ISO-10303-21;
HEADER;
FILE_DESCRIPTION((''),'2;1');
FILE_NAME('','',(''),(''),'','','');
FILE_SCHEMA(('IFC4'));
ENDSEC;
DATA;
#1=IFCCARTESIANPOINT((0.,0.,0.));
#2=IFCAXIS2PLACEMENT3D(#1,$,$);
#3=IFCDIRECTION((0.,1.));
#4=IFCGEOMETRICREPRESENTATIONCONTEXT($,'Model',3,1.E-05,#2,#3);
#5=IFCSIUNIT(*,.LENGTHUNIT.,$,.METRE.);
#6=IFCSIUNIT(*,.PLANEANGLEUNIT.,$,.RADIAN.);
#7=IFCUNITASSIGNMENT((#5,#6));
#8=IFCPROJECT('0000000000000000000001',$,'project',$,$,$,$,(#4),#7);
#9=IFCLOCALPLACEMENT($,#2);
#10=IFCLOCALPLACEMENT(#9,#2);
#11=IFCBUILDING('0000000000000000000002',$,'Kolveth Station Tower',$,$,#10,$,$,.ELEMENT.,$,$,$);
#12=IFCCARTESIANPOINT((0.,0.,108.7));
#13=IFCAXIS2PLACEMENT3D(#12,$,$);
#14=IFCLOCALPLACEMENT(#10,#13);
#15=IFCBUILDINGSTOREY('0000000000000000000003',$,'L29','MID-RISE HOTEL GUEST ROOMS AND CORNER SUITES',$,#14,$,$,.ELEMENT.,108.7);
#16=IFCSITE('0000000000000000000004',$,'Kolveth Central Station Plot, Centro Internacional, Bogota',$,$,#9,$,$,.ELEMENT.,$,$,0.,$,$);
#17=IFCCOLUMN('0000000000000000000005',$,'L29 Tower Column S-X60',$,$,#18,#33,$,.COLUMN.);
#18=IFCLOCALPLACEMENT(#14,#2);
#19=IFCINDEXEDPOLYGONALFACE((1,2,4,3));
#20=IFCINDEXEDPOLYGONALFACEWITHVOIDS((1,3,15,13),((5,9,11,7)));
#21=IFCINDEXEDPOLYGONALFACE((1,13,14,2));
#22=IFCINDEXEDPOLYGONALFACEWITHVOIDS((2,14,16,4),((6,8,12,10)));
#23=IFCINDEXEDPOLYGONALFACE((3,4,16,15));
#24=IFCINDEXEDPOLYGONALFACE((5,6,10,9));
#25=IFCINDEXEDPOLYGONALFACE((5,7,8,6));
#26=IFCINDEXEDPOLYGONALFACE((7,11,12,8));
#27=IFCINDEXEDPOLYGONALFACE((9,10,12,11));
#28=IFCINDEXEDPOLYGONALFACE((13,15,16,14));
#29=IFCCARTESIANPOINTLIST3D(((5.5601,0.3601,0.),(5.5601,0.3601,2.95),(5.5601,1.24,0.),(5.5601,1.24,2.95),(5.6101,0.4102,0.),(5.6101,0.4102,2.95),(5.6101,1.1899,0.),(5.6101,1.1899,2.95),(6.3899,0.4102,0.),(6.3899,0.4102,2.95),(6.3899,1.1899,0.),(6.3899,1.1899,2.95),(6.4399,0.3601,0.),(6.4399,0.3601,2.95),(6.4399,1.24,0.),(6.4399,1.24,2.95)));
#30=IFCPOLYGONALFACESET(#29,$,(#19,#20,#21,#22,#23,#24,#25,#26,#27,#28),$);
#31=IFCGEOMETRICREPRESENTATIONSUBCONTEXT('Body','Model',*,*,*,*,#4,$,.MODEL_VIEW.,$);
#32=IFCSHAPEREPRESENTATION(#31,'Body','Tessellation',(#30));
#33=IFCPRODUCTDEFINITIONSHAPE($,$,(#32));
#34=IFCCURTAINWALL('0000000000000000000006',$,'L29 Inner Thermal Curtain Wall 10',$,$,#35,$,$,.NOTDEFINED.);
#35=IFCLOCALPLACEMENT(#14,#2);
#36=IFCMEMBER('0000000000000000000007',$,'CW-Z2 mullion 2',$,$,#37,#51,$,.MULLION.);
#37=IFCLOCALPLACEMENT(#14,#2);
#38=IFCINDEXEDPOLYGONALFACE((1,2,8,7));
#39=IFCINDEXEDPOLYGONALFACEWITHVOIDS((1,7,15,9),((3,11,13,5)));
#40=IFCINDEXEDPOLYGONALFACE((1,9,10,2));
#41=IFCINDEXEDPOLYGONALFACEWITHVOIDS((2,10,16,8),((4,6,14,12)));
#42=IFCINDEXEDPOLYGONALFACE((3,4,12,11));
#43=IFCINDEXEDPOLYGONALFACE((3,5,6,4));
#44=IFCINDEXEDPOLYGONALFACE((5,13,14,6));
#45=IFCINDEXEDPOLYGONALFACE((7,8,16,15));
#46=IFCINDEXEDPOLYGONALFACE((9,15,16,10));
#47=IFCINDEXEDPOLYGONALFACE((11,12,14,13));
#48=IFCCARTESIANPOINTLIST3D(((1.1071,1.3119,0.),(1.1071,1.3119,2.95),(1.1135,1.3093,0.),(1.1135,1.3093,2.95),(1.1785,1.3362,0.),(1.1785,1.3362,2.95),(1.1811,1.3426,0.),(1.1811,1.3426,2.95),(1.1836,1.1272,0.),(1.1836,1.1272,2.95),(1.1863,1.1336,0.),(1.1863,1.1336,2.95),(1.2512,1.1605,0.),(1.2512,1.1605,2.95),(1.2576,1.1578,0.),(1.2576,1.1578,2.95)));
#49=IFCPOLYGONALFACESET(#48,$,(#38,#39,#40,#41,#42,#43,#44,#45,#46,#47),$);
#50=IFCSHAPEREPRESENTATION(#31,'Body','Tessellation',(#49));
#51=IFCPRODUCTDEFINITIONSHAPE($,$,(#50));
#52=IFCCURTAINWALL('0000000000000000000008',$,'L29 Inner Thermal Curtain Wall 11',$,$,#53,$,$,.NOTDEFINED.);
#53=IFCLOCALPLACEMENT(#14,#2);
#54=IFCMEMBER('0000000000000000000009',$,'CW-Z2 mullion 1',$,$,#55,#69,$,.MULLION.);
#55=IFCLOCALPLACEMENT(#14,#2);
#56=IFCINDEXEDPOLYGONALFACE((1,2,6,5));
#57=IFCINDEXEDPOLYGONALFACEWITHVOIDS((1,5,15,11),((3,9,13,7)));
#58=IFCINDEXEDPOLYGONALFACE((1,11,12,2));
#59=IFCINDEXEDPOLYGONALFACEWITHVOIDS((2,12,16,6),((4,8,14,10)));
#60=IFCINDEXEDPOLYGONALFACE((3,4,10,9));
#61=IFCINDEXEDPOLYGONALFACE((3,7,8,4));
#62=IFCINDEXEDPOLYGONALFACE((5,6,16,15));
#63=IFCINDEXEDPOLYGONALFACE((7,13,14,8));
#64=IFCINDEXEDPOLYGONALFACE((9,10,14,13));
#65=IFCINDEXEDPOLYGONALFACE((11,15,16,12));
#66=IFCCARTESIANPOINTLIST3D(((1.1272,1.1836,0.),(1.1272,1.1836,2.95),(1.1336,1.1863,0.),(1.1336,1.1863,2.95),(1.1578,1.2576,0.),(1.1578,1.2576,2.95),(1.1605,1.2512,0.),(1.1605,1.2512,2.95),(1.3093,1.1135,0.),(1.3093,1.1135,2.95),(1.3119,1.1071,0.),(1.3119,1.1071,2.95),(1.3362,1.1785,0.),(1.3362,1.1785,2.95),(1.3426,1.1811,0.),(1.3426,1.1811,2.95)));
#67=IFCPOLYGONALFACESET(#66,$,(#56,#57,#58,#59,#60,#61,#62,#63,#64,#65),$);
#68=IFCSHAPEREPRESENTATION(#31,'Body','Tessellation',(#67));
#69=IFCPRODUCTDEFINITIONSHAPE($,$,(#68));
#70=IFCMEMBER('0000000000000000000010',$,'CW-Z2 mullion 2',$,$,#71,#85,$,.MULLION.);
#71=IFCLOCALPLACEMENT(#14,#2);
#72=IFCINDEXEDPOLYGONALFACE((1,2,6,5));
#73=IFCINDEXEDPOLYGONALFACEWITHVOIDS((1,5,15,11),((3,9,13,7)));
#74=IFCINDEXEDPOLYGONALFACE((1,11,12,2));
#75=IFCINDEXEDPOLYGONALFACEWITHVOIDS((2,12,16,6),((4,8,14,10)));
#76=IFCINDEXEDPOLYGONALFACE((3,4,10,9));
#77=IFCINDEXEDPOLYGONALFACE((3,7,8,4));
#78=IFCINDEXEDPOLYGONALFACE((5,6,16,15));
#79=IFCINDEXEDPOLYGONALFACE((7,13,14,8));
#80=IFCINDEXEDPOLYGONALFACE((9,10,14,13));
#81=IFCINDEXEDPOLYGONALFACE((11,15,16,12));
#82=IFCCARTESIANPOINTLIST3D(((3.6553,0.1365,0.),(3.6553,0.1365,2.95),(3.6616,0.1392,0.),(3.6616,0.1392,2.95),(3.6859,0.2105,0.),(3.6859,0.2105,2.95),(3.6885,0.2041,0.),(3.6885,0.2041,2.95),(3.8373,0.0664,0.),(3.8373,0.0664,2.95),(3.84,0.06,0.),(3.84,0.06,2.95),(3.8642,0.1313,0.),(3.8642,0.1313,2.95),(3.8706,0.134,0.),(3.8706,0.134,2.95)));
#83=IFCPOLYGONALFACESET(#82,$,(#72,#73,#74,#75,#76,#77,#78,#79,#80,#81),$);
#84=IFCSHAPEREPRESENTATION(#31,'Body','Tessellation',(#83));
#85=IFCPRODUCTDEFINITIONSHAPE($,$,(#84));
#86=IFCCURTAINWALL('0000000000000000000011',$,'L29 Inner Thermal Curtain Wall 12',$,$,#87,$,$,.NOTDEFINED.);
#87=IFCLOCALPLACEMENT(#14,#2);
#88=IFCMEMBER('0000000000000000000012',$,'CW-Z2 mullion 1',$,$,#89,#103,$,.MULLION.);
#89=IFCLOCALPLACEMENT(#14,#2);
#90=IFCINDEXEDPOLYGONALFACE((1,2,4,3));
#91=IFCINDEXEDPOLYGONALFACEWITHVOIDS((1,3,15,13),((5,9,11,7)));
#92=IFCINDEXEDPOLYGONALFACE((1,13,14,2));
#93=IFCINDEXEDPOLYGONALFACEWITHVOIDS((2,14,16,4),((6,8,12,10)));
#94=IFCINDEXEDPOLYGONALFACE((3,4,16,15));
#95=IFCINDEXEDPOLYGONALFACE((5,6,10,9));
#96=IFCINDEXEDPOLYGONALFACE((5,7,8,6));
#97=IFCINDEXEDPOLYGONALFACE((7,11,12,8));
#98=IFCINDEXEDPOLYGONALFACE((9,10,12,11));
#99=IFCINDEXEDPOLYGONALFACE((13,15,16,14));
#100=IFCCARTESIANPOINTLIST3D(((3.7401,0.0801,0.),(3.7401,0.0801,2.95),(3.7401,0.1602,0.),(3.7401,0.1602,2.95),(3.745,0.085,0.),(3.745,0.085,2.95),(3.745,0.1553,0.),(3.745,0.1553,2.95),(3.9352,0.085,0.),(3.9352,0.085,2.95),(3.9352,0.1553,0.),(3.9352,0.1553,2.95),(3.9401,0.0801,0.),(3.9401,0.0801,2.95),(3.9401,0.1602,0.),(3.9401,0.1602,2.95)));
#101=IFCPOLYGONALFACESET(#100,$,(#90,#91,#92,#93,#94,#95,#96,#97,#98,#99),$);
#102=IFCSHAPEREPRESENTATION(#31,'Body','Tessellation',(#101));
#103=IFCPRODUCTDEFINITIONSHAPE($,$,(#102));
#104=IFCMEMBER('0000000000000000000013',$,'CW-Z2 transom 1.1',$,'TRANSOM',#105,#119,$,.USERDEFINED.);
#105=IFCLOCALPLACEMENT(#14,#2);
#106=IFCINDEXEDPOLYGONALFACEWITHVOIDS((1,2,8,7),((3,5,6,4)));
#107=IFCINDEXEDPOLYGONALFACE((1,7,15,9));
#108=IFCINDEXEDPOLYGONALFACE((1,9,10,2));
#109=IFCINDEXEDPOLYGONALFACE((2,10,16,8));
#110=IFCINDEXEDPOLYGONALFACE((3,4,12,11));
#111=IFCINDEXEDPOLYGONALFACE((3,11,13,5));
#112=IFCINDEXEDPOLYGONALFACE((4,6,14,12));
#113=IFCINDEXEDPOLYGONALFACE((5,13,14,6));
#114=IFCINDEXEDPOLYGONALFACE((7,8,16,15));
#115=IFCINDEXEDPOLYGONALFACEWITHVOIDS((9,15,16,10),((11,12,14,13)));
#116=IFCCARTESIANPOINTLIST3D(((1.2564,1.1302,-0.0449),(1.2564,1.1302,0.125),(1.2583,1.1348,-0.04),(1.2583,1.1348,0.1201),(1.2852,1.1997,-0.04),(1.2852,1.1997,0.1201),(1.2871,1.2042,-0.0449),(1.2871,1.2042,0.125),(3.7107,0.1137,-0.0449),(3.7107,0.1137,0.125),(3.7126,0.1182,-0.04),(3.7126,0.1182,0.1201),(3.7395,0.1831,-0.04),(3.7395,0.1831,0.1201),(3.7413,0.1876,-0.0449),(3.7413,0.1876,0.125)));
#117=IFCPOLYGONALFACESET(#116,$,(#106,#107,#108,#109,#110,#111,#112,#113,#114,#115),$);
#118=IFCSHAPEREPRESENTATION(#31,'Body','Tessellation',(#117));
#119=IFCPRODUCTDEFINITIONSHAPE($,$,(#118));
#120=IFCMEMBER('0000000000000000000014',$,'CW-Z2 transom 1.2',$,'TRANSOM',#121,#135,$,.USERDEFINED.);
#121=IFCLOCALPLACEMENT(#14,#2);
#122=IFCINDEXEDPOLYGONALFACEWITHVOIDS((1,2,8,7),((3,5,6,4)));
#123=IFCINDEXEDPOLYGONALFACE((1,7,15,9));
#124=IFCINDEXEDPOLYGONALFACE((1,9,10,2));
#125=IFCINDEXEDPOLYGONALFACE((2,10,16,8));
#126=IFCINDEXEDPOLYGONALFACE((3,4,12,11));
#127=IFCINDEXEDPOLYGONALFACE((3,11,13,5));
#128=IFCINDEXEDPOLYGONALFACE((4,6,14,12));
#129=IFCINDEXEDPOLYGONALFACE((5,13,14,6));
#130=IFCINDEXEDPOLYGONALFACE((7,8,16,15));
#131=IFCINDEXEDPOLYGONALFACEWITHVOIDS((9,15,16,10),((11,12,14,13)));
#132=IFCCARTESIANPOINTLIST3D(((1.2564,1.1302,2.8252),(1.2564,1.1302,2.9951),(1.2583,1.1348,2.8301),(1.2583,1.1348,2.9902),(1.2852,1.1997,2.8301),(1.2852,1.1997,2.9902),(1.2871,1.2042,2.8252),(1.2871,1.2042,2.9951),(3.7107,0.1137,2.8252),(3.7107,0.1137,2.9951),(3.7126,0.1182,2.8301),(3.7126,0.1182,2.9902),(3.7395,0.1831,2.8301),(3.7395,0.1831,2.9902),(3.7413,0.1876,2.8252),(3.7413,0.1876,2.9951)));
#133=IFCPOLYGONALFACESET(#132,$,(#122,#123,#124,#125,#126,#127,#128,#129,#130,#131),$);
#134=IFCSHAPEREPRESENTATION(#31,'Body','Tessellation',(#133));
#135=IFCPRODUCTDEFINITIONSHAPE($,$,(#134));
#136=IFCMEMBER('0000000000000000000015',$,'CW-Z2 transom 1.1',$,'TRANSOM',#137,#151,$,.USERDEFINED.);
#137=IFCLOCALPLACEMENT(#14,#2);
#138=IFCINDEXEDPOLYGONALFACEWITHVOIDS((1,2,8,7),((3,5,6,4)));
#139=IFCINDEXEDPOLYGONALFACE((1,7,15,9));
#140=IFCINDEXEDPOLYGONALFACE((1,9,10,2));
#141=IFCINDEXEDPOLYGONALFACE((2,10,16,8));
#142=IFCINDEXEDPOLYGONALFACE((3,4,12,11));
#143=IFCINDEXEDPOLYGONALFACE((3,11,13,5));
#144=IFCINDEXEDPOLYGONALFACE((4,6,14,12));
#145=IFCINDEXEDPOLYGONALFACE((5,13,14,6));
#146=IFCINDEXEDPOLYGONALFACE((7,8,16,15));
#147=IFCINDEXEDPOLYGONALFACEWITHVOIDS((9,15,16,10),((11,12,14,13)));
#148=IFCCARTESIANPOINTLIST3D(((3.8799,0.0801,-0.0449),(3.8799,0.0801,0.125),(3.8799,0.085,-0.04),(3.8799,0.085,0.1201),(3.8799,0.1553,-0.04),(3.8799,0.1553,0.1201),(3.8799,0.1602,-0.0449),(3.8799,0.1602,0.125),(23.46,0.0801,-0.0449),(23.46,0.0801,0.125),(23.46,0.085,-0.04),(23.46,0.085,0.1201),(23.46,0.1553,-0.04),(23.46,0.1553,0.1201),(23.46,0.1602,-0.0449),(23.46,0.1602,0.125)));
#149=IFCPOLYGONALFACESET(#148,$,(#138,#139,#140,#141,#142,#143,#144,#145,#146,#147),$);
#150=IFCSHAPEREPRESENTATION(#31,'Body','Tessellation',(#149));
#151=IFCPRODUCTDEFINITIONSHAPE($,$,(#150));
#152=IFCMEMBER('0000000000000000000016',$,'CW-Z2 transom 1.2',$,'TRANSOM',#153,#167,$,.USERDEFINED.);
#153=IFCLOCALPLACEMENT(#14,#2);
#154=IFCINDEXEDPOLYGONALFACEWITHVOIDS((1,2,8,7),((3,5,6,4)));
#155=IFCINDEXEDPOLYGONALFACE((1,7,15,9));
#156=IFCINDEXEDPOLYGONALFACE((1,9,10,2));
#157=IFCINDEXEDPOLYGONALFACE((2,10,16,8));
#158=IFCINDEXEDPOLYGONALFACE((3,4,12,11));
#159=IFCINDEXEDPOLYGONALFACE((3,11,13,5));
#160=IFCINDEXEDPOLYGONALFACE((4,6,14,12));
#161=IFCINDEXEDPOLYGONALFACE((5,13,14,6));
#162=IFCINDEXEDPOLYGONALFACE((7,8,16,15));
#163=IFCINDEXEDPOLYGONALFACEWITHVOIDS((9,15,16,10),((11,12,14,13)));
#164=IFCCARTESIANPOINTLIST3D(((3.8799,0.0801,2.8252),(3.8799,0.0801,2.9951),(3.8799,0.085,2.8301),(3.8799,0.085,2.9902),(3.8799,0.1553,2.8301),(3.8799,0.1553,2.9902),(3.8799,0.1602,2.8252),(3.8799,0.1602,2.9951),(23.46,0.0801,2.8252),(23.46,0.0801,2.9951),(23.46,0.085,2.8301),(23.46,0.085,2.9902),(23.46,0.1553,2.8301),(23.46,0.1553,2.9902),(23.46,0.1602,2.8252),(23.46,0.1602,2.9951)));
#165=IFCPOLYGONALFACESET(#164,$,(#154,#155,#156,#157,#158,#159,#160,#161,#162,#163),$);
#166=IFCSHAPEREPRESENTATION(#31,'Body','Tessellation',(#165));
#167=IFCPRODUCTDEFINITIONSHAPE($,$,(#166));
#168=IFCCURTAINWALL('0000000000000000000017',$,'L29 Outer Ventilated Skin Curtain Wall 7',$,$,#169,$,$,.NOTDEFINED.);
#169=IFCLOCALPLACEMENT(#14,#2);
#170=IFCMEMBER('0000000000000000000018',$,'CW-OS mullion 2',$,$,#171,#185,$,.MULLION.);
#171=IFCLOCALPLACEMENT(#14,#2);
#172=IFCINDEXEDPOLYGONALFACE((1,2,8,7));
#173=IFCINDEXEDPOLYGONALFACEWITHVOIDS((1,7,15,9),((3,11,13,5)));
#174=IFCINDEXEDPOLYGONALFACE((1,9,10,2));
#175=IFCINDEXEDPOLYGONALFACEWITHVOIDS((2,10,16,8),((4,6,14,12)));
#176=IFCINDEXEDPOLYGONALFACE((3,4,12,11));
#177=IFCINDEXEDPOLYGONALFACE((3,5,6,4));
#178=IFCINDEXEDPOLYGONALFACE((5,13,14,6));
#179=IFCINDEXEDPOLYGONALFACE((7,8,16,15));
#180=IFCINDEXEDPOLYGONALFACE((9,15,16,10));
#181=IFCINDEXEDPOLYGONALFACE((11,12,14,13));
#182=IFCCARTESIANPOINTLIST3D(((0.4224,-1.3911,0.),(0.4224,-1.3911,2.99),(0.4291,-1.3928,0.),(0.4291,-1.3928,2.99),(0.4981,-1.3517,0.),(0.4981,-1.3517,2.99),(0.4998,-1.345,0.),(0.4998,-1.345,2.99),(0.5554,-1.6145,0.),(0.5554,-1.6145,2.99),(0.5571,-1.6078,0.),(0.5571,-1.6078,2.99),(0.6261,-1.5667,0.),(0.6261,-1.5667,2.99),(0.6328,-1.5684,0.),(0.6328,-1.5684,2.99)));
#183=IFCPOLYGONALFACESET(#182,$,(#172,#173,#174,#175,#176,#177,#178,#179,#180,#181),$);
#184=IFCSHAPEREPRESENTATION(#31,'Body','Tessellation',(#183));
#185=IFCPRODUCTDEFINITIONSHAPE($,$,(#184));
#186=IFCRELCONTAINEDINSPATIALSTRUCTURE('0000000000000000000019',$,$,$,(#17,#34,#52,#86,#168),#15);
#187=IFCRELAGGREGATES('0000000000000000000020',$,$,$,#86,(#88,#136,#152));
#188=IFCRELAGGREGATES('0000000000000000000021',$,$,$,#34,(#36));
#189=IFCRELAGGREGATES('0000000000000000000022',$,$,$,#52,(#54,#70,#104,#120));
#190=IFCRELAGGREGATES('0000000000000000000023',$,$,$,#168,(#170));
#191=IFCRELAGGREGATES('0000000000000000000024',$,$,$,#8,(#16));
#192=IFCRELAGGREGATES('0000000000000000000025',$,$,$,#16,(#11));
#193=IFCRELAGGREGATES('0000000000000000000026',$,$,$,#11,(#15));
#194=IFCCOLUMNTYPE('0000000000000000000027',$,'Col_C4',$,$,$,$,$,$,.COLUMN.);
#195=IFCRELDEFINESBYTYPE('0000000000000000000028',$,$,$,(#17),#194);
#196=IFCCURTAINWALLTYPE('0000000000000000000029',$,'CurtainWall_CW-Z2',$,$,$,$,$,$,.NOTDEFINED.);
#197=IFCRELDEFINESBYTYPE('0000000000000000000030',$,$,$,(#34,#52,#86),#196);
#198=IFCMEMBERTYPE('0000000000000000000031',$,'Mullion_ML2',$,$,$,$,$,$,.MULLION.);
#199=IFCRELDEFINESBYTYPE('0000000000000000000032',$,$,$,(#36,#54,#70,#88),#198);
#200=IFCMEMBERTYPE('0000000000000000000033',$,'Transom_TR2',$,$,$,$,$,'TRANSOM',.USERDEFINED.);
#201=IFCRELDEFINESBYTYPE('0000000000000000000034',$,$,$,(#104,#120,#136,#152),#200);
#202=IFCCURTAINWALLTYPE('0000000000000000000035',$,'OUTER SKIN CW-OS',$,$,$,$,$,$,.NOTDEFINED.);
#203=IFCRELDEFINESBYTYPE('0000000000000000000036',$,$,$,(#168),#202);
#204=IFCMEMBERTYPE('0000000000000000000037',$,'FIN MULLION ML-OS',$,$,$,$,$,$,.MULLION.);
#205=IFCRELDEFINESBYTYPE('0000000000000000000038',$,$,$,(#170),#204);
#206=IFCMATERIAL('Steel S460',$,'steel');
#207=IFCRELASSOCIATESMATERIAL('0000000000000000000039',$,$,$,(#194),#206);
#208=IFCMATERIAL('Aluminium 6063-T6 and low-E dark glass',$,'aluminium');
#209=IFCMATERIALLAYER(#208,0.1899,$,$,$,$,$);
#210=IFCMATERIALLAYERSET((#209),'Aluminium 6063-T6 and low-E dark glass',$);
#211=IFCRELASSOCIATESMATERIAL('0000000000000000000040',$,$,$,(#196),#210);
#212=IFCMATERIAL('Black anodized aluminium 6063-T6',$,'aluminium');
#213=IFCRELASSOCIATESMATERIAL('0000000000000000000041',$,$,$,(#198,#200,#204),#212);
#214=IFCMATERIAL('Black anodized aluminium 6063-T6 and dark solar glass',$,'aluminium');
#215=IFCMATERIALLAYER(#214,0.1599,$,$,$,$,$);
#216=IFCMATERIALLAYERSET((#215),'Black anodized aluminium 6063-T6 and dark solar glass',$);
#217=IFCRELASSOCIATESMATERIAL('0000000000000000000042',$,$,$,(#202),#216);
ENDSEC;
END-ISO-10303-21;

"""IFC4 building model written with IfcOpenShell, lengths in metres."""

from ifc_helpers import new_model, si_unit, direction, frame, origin, origin_2d, place, context, subcontext, project, spatial, hollow_rectangle, extrude, source, transform, mapped, material, layer, layer_set, material_profile, profile_set, type_object, element, aggregate, save


model = new_model("IFC4")

# Units and contexts
model_context = context("Model", 3, precision=1e-05, world=origin(), true_north=direction((0.0, 1.0)))
body_context = subcontext(model_context, "Body", "Model", "MODEL_VIEW")
ifc_project = project(units=[si_unit("LENGTHUNIT", "METRE"), si_unit("PLANEANGLEUNIT", "RADIAN")], contexts=[model_context])

# Site, building, storey
site_placement = place(None, origin())
site = spatial("IfcSite", under=ifc_project, at=site_placement, Name="Kolveth Central Station Plot, Centro Internacional, Bogota", CompositionType="ELEMENT", RefElevation=0.0)
building_placement = place(site_placement, origin())
building = spatial("IfcBuilding", under=site, at=building_placement, Name="Kolveth Station Tower", CompositionType="ELEMENT")
storey_placement = place(building_placement, frame((0.0, 0.0, 108.7)))
storey = spatial("IfcBuildingStorey", under=building, at=storey_placement, Name="L29", Description="MID-RISE HOTEL GUEST ROOMS AND CORNER SUITES", CompositionType="ELEMENT", Elevation=108.7)

# Column
ifc_material_1 = material(Name="Steel S460", Category="steel")
ifc_material_profile_1 = material_profile(ifc_material_1, hollow_rectangle(XDim=0.8799, YDim=0.8799, WallThickness=0.05, at=origin_2d()), Name="BOX880x880x50")
ifc_profile_set_1 = profile_set([ifc_material_profile_1], Name="Steel S460")
column_type = type_object("IfcColumnType", Name="Col_C4", PredefinedType="COLUMN", material=ifc_profile_set_1)
shared_shape_1 = source(origin(), body_context, "Body", "SweptSolid", [
    extrude(hollow_rectangle(XDim=0.8799, YDim=0.8799, WallThickness=0.05, at=origin_2d()), origin(), (0.0, 0.0, 1.0), 2.95),
])
column_placement = place(storey_placement, frame((6.0, 0.8, 0.0), z_axis=(0.0, 0.0, 1.0), x_axis=(1.0, 0.0, 0.0)))
element("IfcColumn", 1, at=column_placement, inside=storey, type_object=column_type, Name="L29 Tower Column S-X60", PredefinedType="COLUMN", context=body_context, shape_type="MappedRepresentation", body=[
    mapped(shared_shape_1, transform((0.0, 0.0, 0.0), x_axis=(1.0, 0.0, 0.0), y_axis=(0.0, 1.0, 0.0), z_axis=(0.0, 0.0, 1.0), scale=1.0)),
])

# Curtain wall, member
ifc_material_2 = material(Name="Aluminium 6063-T6 and low-E dark glass", Category="aluminium")
ifc_layer_1 = layer(ifc_material_2, 0.1899)
ifc_layer_set_1 = layer_set([ifc_layer_1], Name="Aluminium 6063-T6 and low-E dark glass")
curtain_wall_type_1 = type_object("IfcCurtainWallType", Name="CurtainWall_CW-Z2", PredefinedType="NOTDEFINED", material=ifc_layer_set_1)
curtain_wall_1_placement = place(storey_placement, origin())
curtain_wall_1 = element("IfcCurtainWall", 2, at=curtain_wall_1_placement, inside=storey, type_object=curtain_wall_type_1, Name="L29 Inner Thermal Curtain Wall 10", PredefinedType="NOTDEFINED")
ifc_material_3 = material(Name="Black anodized aluminium 6063-T6", Category="aluminium")
ifc_material_profile_2 = material_profile(ifc_material_3, hollow_rectangle(XDim=0.0801, YDim=0.2, WallThickness=0.0049, at=origin_2d()), Name="ALU-80x200x5")
ifc_profile_set_2 = profile_set([ifc_material_profile_2], Name="Black anodized aluminium 6063-T6")
member_type_1 = type_object("IfcMemberType", Name="Mullion_ML2", PredefinedType="MULLION", material=ifc_profile_set_2)
shared_shape_2 = source(origin(), body_context, "Body", "SweptSolid", [
    extrude(hollow_rectangle(XDim=0.0801, YDim=0.2, WallThickness=0.0049, at=origin_2d()), origin(), (0.0, 0.0, 1.0), 2.95),
])
member_1_placement = place(storey_placement, frame((1.1824, 1.2349, 0.0), z_axis=(0.0, 0.0, 1.0), x_axis=(0.923888, 0.382663, 0.0)))
member_1 = element("IfcMember", 3, at=member_1_placement, type_object=member_type_1, Name="CW-Z2 mullion 2", PredefinedType="MULLION", context=body_context, shape_type="MappedRepresentation", body=[
    mapped(shared_shape_2, transform((0.0, 0.0, 0.0), x_axis=(1.0, 0.0, 0.0), y_axis=(0.0, 1.0, 0.0), z_axis=(0.0, 0.0, 1.0), scale=1.0)),
])

# Curtain wall, members
curtain_wall_2_placement = place(storey_placement, origin())
curtain_wall_2 = element("IfcCurtainWall", 4, at=curtain_wall_2_placement, inside=storey, type_object=curtain_wall_type_1, Name="L29 Inner Thermal Curtain Wall 11", PredefinedType="NOTDEFINED")
member_2_placement = place(storey_placement, frame((1.2349, 1.1824, 0.0), z_axis=(0.0, 0.0, 1.0), x_axis=(0.382663, 0.923888, 0.0)))
member_2 = element("IfcMember", 5, at=member_2_placement, type_object=member_type_1, Name="CW-Z2 mullion 1", PredefinedType="MULLION", context=body_context, shape_type="MappedRepresentation", body=[
    mapped(shared_shape_2, transform((0.0, 0.0, 0.0), x_axis=(1.0, 0.0, 0.0), y_axis=(0.0, 1.0, 0.0), z_axis=(0.0, 0.0, 1.0), scale=1.0)),
])
member_3_placement = place(storey_placement, frame((3.7629, 0.1353, 0.0), z_axis=(0.0, 0.0, 1.0), x_axis=(0.382663, 0.923888, 0.0)))
member_3 = element("IfcMember", 6, at=member_3_placement, type_object=member_type_1, Name="CW-Z2 mullion 2", PredefinedType="MULLION", context=body_context, shape_type="MappedRepresentation", body=[
    mapped(shared_shape_2, transform((0.0, 0.0, 0.0), x_axis=(1.0, 0.0, 0.0), y_axis=(0.0, 1.0, 0.0), z_axis=(0.0, 0.0, 1.0), scale=1.0)),
])

# Curtain wall, member
curtain_wall_3_placement = place(storey_placement, origin())
curtain_wall_3 = element("IfcCurtainWall", 7, at=curtain_wall_3_placement, inside=storey, type_object=curtain_wall_type_1, Name="L29 Inner Thermal Curtain Wall 12", PredefinedType="NOTDEFINED")
member_4_placement = place(storey_placement, frame((3.8401, 0.1201, 0.0), z_axis=(0.0, 0.0, 1.0), x_axis=(0.0, 1.0, 0.0)))
member_4 = element("IfcMember", 8, at=member_4_placement, type_object=member_type_1, Name="CW-Z2 mullion 1", PredefinedType="MULLION", context=body_context, shape_type="MappedRepresentation", body=[
    mapped(shared_shape_2, transform((0.0, 0.0, 0.0), x_axis=(1.0, 0.0, 0.0), y_axis=(0.0, 1.0, 0.0), z_axis=(0.0, 0.0, 1.0), scale=1.0)),
])

# Members
ifc_material_profile_3 = material_profile(ifc_material_3, hollow_rectangle(XDim=0.0801, YDim=0.1699, WallThickness=0.0049, at=origin_2d()), Name="ALU-80x170x5")
ifc_profile_set_3 = profile_set([ifc_material_profile_3], Name="Black anodized aluminium 6063-T6")
member_type_2 = type_object("IfcMemberType", Name="Transom_TR2", ElementType="TRANSOM", PredefinedType="USERDEFINED", material=ifc_profile_set_3)
shared_shape_3 = source(origin(), body_context, "Body", "SweptSolid", [
    extrude(hollow_rectangle(XDim=0.0801, YDim=0.1699, WallThickness=0.0049, at=origin_2d()), origin(), (0.0, 0.0, 1.0), 2.6565),
])
member_5_placement = place(storey_placement, frame((1.2717, 1.1672, 0.04), z_axis=(0.923882, -0.382676, 0.0), x_axis=(0.382676, 0.923882, 0.0)))
member_5 = element("IfcMember", 9, at=member_5_placement, type_object=member_type_2, Name="CW-Z2 transom 1.1", ObjectType="TRANSOM", PredefinedType="USERDEFINED", context=body_context, shape_type="MappedRepresentation", body=[
    mapped(shared_shape_3, transform((0.0, 0.0, 0.0), x_axis=(1.0, 0.0, 0.0), y_axis=(0.0, 1.0, 0.0), z_axis=(0.0, 0.0, 1.0), scale=1.0)),
])
member_6_placement = place(storey_placement, frame((1.2717, 1.1672, 2.9102), z_axis=(0.923882, -0.382676, 0.0), x_axis=(0.382676, 0.923882, 0.0)))
member_6 = element("IfcMember", 10, at=member_6_placement, type_object=member_type_2, Name="CW-Z2 transom 1.2", ObjectType="TRANSOM", PredefinedType="USERDEFINED", context=body_context, shape_type="MappedRepresentation", body=[
    mapped(shared_shape_3, transform((0.0, 0.0, 0.0), x_axis=(1.0, 0.0, 0.0), y_axis=(0.0, 1.0, 0.0), z_axis=(0.0, 0.0, 1.0), scale=1.0)),
])
shared_shape_4 = source(origin(), body_context, "Body", "SweptSolid", [
    extrude(hollow_rectangle(XDim=0.0801, YDim=0.1699, WallThickness=0.0049, at=origin_2d()), origin(), (0.0, 0.0, 1.0), 19.5801),
])
member_7_placement = place(storey_placement, frame((3.8799, 0.1201, 0.04), z_axis=(1.0, 0.0, 0.0), x_axis=(0.0, 1.0, 0.0)))
member_7 = element("IfcMember", 11, at=member_7_placement, type_object=member_type_2, Name="CW-Z2 transom 1.1", ObjectType="TRANSOM", PredefinedType="USERDEFINED", context=body_context, shape_type="MappedRepresentation", body=[
    mapped(shared_shape_4, transform((0.0, 0.0, 0.0), x_axis=(1.0, 0.0, 0.0), y_axis=(0.0, 1.0, 0.0), z_axis=(0.0, 0.0, 1.0), scale=1.0)),
])
member_8_placement = place(storey_placement, frame((3.8799, 0.1201, 2.9102), z_axis=(1.0, 0.0, 0.0), x_axis=(0.0, 1.0, 0.0)))
member_8 = element("IfcMember", 12, at=member_8_placement, type_object=member_type_2, Name="CW-Z2 transom 1.2", ObjectType="TRANSOM", PredefinedType="USERDEFINED", context=body_context, shape_type="MappedRepresentation", body=[
    mapped(shared_shape_4, transform((0.0, 0.0, 0.0), x_axis=(1.0, 0.0, 0.0), y_axis=(0.0, 1.0, 0.0), z_axis=(0.0, 0.0, 1.0), scale=1.0)),
])
aggregate(curtain_wall_3, [member_4, member_7, member_8])

# Curtain wall, member
ifc_material_4 = material(Name="Black anodized aluminium 6063-T6 and dark solar glass", Category="aluminium")
ifc_layer_2 = layer(ifc_material_4, 0.1599)
ifc_layer_set_2 = layer_set([ifc_layer_2], Name="Black anodized aluminium 6063-T6 and dark solar glass")
curtain_wall_type_2 = type_object("IfcCurtainWallType", Name="OUTER SKIN CW-OS", PredefinedType="NOTDEFINED", material=ifc_layer_set_2)
curtain_wall_4_placement = place(storey_placement, origin())
curtain_wall_4 = element("IfcCurtainWall", 13, at=curtain_wall_4_placement, inside=storey, type_object=curtain_wall_type_2, Name="L29 Outer Ventilated Skin Curtain Wall 7", PredefinedType="NOTDEFINED")
ifc_material_profile_4 = material_profile(ifc_material_3, hollow_rectangle(XDim=0.0901, YDim=0.26, WallThickness=0.0049, at=origin_2d()), Name="ALU-90x260x5")
ifc_profile_set_4 = profile_set([ifc_material_profile_4], Name="Black anodized aluminium 6063-T6")
member_type_3 = type_object("IfcMemberType", Name="FIN MULLION ML-OS", PredefinedType="MULLION", material=ifc_profile_set_4)
shared_shape_5 = source(origin(), body_context, "Body", "SweptSolid", [
    extrude(hollow_rectangle(XDim=0.0901, YDim=0.26, WallThickness=0.0049, at=origin_2d()), origin(), (0.0, 0.0, 1.0), 2.99),
])
member_9_placement = place(storey_placement, frame((0.5276, -1.4797, 0.0), z_axis=(0.0, 0.0, 1.0), x_axis=(0.859121, 0.511773, 0.0)))
member_9 = element("IfcMember", 14, at=member_9_placement, type_object=member_type_3, Name="CW-OS mullion 2", PredefinedType="MULLION", context=body_context, shape_type="MappedRepresentation", body=[
    mapped(shared_shape_5, transform((0.0, 0.0, 0.0), x_axis=(1.0, 0.0, 0.0), y_axis=(0.0, 1.0, 0.0), z_axis=(0.0, 0.0, 1.0), scale=1.0)),
])

aggregate(curtain_wall_1, [member_1])
aggregate(curtain_wall_2, [member_2, member_3, member_5, member_6])
aggregate(curtain_wall_4, [member_9])

save(model, "model.ifc")
